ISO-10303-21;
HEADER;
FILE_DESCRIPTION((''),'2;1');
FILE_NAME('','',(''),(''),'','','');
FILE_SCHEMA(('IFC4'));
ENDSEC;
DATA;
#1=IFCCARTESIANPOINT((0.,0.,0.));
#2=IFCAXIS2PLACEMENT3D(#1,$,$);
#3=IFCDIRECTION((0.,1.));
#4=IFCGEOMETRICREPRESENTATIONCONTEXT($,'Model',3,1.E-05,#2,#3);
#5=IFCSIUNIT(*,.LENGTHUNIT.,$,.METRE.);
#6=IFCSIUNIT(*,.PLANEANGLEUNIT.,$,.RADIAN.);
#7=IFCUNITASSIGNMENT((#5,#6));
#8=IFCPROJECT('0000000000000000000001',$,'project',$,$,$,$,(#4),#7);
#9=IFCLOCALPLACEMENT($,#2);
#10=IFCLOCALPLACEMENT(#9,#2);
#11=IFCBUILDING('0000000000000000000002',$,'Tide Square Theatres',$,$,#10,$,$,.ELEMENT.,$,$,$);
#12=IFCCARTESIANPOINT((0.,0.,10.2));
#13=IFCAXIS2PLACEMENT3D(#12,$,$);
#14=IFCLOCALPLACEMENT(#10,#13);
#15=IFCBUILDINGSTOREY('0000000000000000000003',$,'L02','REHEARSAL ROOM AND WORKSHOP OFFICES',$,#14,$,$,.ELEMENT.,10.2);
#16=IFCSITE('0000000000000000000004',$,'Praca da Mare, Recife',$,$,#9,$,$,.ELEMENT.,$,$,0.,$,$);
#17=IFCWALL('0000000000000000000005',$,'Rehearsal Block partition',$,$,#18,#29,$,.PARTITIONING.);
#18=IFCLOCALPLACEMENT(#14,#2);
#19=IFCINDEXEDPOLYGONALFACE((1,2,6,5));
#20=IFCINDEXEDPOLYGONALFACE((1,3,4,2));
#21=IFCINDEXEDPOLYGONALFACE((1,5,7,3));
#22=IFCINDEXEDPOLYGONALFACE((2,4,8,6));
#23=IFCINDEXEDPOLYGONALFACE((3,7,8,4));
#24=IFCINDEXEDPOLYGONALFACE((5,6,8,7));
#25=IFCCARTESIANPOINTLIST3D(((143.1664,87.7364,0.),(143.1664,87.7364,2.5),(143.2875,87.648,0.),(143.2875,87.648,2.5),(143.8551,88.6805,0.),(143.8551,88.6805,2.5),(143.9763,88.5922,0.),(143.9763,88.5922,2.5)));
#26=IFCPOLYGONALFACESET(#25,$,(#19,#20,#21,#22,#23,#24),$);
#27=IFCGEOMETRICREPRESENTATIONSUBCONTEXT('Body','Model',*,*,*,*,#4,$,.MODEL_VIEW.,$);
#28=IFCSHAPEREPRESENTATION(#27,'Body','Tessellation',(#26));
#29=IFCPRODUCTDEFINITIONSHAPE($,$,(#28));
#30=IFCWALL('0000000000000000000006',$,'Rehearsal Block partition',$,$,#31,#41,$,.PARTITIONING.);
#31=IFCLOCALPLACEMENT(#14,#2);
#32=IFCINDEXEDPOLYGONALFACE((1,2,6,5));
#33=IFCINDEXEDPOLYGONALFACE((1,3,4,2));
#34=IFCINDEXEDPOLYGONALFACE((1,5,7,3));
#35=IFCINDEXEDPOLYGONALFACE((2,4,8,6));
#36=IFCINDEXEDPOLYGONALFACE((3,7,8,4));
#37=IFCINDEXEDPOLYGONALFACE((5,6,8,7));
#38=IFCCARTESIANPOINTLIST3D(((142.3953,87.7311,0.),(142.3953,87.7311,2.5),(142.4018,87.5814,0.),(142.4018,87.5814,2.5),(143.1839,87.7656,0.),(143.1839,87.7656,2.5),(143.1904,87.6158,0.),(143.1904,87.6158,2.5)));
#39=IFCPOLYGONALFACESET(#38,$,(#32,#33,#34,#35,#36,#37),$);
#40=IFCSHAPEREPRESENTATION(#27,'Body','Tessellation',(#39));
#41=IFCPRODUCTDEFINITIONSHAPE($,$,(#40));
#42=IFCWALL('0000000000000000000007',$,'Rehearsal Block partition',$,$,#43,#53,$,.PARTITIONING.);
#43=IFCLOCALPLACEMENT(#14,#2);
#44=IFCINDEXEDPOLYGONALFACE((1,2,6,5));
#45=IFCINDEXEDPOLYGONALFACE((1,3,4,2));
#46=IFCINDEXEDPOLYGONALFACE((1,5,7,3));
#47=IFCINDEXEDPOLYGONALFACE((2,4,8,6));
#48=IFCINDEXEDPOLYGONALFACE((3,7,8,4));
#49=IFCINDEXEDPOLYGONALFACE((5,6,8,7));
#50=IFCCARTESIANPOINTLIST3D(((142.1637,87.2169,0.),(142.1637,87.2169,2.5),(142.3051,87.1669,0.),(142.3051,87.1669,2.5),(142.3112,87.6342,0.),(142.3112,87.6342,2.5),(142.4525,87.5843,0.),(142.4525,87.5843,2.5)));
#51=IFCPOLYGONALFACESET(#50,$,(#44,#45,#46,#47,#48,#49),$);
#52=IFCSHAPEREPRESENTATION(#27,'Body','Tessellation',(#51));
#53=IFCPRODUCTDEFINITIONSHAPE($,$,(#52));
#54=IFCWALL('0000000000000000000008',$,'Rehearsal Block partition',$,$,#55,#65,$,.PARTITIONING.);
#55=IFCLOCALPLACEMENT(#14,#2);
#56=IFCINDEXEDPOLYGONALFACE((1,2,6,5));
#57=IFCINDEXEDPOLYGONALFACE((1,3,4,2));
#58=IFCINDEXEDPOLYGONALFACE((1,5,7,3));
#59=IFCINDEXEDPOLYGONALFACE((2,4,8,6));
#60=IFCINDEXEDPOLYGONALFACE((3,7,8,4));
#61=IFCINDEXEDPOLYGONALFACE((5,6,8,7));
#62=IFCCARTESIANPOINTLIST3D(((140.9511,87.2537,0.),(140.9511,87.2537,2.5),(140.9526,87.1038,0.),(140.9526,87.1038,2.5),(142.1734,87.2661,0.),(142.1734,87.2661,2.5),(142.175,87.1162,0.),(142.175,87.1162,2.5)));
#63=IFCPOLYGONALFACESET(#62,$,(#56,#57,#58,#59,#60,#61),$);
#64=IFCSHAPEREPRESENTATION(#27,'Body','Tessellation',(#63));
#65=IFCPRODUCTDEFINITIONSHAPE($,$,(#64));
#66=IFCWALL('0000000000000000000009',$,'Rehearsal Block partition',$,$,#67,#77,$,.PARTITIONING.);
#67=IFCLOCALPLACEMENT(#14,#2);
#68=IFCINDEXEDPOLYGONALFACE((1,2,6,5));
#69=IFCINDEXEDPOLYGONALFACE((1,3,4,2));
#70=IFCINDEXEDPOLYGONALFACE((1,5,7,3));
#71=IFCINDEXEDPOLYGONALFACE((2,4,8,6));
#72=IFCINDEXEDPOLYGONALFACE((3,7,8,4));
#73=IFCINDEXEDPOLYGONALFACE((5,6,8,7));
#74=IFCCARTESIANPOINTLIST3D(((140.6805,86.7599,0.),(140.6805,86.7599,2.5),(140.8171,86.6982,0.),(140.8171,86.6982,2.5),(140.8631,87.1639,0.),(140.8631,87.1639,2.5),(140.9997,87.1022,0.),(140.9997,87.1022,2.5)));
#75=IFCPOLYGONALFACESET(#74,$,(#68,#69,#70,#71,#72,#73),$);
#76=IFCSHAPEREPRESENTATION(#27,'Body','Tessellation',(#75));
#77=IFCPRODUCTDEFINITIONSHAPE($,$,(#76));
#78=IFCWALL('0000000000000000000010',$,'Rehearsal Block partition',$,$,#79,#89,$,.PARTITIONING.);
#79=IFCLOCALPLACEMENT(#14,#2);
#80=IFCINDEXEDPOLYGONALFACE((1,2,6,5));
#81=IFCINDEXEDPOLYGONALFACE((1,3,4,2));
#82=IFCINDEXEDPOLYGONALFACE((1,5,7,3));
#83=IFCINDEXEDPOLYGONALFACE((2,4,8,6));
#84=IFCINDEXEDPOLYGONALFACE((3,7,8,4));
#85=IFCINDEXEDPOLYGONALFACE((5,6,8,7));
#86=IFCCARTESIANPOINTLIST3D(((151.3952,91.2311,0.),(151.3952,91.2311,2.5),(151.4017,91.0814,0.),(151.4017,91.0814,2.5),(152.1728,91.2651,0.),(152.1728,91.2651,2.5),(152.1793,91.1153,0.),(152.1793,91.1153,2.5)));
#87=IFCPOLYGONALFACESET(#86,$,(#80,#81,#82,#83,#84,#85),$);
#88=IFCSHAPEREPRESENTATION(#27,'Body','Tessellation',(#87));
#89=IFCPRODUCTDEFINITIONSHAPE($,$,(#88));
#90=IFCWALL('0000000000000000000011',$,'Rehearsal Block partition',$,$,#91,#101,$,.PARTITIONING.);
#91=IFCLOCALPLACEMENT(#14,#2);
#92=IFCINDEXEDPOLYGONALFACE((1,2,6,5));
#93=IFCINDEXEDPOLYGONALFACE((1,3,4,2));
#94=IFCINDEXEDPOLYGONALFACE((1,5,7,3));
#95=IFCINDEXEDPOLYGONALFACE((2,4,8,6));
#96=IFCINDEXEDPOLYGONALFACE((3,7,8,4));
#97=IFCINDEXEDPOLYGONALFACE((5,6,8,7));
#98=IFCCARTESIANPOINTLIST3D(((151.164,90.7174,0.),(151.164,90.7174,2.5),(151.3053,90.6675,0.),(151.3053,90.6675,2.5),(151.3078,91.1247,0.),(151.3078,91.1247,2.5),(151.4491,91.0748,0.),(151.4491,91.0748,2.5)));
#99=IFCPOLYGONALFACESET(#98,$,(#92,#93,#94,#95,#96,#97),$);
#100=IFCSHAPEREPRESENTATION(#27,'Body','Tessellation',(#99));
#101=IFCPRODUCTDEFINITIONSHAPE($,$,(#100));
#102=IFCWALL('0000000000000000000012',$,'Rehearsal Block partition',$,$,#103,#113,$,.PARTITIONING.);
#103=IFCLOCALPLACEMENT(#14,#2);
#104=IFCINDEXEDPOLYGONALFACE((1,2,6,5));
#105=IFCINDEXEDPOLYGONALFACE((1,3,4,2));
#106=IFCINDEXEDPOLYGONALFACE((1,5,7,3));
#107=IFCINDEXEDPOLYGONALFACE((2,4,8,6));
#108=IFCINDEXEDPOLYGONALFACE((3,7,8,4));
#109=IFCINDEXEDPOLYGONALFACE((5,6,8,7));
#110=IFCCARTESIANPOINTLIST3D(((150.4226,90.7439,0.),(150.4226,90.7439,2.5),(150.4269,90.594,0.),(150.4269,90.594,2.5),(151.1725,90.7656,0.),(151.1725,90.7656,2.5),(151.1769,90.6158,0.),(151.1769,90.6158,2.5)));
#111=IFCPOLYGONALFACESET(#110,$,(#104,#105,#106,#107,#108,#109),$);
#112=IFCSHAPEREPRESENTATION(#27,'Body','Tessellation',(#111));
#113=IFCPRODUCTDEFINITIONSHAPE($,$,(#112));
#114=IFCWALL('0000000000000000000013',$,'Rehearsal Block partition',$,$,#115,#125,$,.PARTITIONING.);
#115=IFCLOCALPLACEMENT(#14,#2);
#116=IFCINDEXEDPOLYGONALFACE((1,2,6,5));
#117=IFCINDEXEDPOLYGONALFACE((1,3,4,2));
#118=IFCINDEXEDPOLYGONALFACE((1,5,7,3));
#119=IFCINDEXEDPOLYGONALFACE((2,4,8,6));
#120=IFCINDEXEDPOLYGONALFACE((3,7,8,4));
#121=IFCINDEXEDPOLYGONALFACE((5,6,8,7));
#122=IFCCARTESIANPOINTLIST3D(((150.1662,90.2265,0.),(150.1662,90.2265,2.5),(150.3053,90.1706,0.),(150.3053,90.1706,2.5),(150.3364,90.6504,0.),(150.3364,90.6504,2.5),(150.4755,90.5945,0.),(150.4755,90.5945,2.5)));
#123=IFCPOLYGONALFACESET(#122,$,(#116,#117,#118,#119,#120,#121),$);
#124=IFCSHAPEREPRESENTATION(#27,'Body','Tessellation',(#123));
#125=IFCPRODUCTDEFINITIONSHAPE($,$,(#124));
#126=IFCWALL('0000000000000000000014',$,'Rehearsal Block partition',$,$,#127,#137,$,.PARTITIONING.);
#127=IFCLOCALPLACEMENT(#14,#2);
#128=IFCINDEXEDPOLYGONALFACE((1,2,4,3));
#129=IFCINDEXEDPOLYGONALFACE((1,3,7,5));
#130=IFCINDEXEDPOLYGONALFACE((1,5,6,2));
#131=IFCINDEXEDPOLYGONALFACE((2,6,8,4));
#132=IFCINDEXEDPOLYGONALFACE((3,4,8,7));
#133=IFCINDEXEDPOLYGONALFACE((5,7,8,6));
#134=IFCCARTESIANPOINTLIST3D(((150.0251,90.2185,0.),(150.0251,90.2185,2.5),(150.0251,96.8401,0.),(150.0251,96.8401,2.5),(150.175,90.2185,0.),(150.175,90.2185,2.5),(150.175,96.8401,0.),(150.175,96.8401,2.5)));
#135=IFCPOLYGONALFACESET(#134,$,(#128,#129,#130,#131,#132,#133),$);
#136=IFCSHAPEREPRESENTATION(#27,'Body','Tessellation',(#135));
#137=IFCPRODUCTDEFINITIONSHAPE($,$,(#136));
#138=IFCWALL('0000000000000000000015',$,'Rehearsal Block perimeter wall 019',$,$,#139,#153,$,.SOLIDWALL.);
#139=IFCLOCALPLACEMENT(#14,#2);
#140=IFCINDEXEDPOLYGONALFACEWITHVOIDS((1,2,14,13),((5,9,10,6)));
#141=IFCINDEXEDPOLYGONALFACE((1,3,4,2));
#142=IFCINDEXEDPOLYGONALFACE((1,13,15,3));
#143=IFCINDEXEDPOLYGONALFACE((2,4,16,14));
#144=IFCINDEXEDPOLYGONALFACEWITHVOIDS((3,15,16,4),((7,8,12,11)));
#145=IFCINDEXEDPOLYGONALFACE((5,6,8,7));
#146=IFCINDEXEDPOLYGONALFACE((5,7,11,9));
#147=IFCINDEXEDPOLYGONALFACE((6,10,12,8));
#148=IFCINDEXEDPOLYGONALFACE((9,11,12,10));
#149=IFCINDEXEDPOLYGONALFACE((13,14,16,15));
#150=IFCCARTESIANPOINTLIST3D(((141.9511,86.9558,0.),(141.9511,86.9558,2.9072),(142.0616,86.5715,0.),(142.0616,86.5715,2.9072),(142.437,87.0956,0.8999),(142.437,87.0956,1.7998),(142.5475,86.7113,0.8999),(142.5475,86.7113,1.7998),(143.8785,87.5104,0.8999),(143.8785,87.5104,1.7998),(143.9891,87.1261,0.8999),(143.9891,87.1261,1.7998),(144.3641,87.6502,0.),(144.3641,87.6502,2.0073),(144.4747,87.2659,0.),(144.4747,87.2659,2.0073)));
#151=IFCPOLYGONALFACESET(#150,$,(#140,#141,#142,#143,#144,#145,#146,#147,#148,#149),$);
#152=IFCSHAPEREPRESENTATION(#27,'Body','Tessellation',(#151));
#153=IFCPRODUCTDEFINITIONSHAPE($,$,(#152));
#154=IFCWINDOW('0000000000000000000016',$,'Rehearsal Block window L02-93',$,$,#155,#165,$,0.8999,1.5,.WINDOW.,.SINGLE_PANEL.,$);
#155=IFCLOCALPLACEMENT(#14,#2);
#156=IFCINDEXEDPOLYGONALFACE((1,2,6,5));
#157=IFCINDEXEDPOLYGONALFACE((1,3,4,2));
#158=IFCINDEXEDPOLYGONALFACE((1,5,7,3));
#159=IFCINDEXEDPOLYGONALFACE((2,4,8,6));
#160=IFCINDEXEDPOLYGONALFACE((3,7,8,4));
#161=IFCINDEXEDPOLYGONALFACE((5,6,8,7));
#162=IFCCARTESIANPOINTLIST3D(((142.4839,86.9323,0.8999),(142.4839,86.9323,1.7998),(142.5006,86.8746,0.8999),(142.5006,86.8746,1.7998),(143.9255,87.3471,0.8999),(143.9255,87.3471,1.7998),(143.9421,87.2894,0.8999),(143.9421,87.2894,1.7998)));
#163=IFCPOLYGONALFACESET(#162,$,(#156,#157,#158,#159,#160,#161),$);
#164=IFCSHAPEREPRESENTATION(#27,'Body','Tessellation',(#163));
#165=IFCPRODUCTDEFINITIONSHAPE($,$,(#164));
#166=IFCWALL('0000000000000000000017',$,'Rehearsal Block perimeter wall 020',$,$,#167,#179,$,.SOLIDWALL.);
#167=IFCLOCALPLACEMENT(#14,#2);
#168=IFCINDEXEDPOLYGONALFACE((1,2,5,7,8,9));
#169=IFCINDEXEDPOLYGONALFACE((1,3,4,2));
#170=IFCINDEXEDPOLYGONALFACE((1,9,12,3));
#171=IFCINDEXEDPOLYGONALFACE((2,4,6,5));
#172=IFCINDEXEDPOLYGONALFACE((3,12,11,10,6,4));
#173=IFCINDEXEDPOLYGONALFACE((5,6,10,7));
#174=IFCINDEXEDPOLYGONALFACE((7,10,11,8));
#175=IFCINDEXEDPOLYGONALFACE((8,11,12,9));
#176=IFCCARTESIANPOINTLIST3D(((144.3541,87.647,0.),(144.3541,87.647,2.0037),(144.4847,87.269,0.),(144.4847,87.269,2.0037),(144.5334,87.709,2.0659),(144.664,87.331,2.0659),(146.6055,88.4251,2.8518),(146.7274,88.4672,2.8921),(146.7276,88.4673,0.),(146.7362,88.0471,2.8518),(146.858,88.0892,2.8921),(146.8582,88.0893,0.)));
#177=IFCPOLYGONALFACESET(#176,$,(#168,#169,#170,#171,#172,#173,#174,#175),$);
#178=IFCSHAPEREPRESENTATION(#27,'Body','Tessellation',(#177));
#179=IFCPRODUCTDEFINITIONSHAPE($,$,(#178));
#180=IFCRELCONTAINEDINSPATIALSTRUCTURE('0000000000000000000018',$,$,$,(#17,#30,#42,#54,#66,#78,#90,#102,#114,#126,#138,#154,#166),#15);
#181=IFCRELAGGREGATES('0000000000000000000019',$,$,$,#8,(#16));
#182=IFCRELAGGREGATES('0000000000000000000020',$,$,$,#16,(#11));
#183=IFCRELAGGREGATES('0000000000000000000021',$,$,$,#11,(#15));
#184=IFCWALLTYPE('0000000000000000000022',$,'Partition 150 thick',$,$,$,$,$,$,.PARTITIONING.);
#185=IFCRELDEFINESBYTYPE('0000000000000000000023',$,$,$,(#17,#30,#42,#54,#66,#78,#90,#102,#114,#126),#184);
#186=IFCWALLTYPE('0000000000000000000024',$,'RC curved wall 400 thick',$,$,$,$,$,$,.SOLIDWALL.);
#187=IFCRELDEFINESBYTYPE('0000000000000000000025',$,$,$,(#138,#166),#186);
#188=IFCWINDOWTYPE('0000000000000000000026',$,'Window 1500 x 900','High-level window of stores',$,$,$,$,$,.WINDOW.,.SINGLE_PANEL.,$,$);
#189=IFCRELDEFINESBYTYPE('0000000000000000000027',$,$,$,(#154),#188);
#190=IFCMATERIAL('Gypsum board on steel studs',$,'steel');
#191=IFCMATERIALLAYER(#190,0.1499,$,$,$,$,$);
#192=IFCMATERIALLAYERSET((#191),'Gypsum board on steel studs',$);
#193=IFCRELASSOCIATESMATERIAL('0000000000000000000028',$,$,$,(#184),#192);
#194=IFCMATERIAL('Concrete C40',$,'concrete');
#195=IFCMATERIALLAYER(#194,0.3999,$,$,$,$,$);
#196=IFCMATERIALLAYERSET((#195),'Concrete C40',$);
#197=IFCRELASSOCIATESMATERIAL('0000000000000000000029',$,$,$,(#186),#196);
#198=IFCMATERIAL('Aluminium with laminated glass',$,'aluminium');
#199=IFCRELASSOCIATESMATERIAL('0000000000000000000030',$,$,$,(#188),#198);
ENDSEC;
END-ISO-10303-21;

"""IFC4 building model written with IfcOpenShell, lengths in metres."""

from ifc_helpers import new_model, si_unit, direction, frame, frame_2d, origin, place, context, subcontext, project, spatial, polyline, rectangle, outline, extrude, material, layer, layer_set, type_object, element, fill, save


model = new_model("IFC4")

# Units and contexts
model_context = context("Model", 3, precision=1e-05, world=origin(), true_north=direction((0.0, 1.0)))
body_context = subcontext(model_context, "Body", "Model", "MODEL_VIEW")
ifc_project = project(units=[si_unit("LENGTHUNIT", "METRE"), si_unit("PLANEANGLEUNIT", "RADIAN")], contexts=[model_context])

# Site, building, storey
site_placement = place(None, origin())
site = spatial("IfcSite", under=ifc_project, at=site_placement, Name="Praca da Mare, Recife", CompositionType="ELEMENT", RefElevation=0.0)
building_placement = place(site_placement, origin())
building = spatial("IfcBuilding", under=site, at=building_placement, Name="Tide Square Theatres", CompositionType="ELEMENT")
storey_placement = place(building_placement, frame((0.0, 0.0, 10.2)))
storey = spatial("IfcBuildingStorey", under=building, at=storey_placement, Name="L02", Description="REHEARSAL ROOM AND WORKSHOP OFFICES", CompositionType="ELEMENT", Elevation=10.2)

# Walls
ifc_material_1 = material(Name="Gypsum board on steel studs", Category="steel")
ifc_layer_1 = layer(ifc_material_1, 0.1499)
ifc_layer_set_1 = layer_set([ifc_layer_1], Name="Gypsum board on steel studs")
wall_type_1 = type_object("IfcWallType", Name="Partition 150 thick", PredefinedType="PARTITIONING", material=ifc_layer_set_1)
wall_1_placement = place(storey_placement, frame((143.9158, 88.6365, 0.0), z_axis=(0.0, 0.0, 1.0), x_axis=(-0.589351, -0.807877, 0.0)))
element("IfcWall", 1, at=wall_1_placement, inside=storey, type_object=wall_type_1, Name="Rehearsal Block partition", PredefinedType="PARTITIONING", context=body_context, shape_type="SweptSolid", body=[
    extrude(rectangle(XDim=1.1687, YDim=0.1499, at=frame_2d((0.5845, 0.0))), origin(), (0.0, 0.0, 1.0), 2.5),
])
wall_2_placement = place(storey_placement, frame((143.187, 87.6907, 0.0), z_axis=(0.0, 0.0, 1.0), x_axis=(-0.999049, -0.043612, 0.0)))
element("IfcWall", 2, at=wall_2_placement, inside=storey, type_object=wall_type_1, Name="Rehearsal Block partition", PredefinedType="PARTITIONING", context=body_context, shape_type="SweptSolid", body=[
    extrude(rectangle(XDim=0.7893, YDim=0.1499, at=frame_2d((0.3945, 0.0))), origin(), (0.0, 0.0, 1.0), 2.5),
])
wall_3_placement = place(storey_placement, frame((142.3818, 87.6091, 0.0), z_axis=(0.0, 0.0, 1.0), x_axis=(-0.333224, -0.942848, 0.0)))
element("IfcWall", 3, at=wall_3_placement, inside=storey, type_object=wall_type_1, Name="Rehearsal Block partition", PredefinedType="PARTITIONING", context=body_context, shape_type="SweptSolid", body=[
    extrude(rectangle(XDim=0.4426, YDim=0.1499, at=frame_2d((0.2212, 0.0))), origin(), (0.0, 0.0, 1.0), 2.5),
])
wall_4_placement = place(storey_placement, frame((142.1743, 87.1912, 0.0), z_axis=(0.0, 0.0, 1.0), x_axis=(-0.999948, -0.010185, 0.0)))
element("IfcWall", 4, at=wall_4_placement, inside=storey, type_object=wall_type_1, Name="Rehearsal Block partition", PredefinedType="PARTITIONING", context=body_context, shape_type="SweptSolid", body=[
    extrude(rectangle(XDim=1.2224, YDim=0.1499, at=frame_2d((0.6113, 0.0))), origin(), (0.0, 0.0, 1.0), 2.5),
])
wall_5_placement = place(storey_placement, frame((140.9314, 87.1331, 0.0), z_axis=(0.0, 0.0, 1.0), x_axis=(-0.411852, -0.911251, 0.0)))
element("IfcWall", 5, at=wall_5_placement, inside=storey, type_object=wall_type_1, Name="Rehearsal Block partition", PredefinedType="PARTITIONING", context=body_context, shape_type="SweptSolid", body=[
    extrude(rectangle(XDim=0.4434, YDim=0.1499, at=frame_2d((0.2217, 0.0))), origin(), (0.0, 0.0, 1.0), 2.5),
])
wall_6_placement = place(storey_placement, frame((152.176, 91.1902, 0.0), z_axis=(0.0, 0.0, 1.0), x_axis=(-0.999049, -0.043601, 0.0)))
element("IfcWall", 6, at=wall_6_placement, inside=storey, type_object=wall_type_1, Name="Rehearsal Block partition", PredefinedType="PARTITIONING", context=body_context, shape_type="SweptSolid", body=[
    extrude(rectangle(XDim=0.7783, YDim=0.1499, at=frame_2d((0.3892, 0.0))), origin(), (0.0, 0.0, 1.0), 2.5),
])
wall_7_placement = place(storey_placement, frame((151.3784, 91.0996, 0.0), z_axis=(0.0, 0.0, 1.0), x_axis=(-0.332968, -0.942938, 0.0)))
element("IfcWall", 7, at=wall_7_placement, inside=storey, type_object=wall_type_1, Name="Rehearsal Block partition", PredefinedType="PARTITIONING", context=body_context, shape_type="SweptSolid", body=[
    extrude(rectangle(XDim=0.4319, YDim=0.1499, at=frame_2d((0.2158, 0.0))), origin(), (0.0, 0.0, 1.0), 2.5),
])
wall_8_placement = place(storey_placement, frame((151.1746, 90.6907, 0.0), z_axis=(0.0, 0.0, 1.0), x_axis=(-0.999581, -0.028959, 0.0)))
element("IfcWall", 8, at=wall_8_placement, inside=storey, type_object=wall_type_1, Name="Rehearsal Block partition", PredefinedType="PARTITIONING", context=body_context, shape_type="SweptSolid", body=[
    extrude(rectangle(XDim=0.7502, YDim=0.1499, at=frame_2d((0.375, 0.0))), origin(), (0.0, 0.0, 1.0), 2.5),
])
wall_9_placement = place(storey_placement, frame((150.406, 90.6226, 0.0), z_axis=(0.0, 0.0, 1.0), x_axis=(-0.372589, -0.927997, 0.0)))
element("IfcWall", 9, at=wall_9_placement, inside=storey, type_object=wall_type_1, Name="Rehearsal Block partition", PredefinedType="PARTITIONING", context=body_context, shape_type="SweptSolid", body=[
    extrude(rectangle(XDim=0.4568, YDim=0.1499, at=frame_2d((0.2285, 0.0))), origin(), (0.0, 0.0, 1.0), 2.5),
])
wall_10_placement = place(storey_placement, frame((150.1001, 90.2185, 0.0), z_axis=(0.0, 0.0, 1.0), x_axis=(0.0, 1.0, 0.0)))
element("IfcWall", 10, at=wall_10_placement, inside=storey, type_object=wall_type_1, Name="Rehearsal Block partition", PredefinedType="PARTITIONING", context=body_context, shape_type="SweptSolid", body=[
    extrude(rectangle(XDim=6.6216, YDim=0.1499, at=frame_2d((3.3108, 0.0))), origin(), (0.0, 0.0, 1.0), 2.5),
])

# Wall, opening, window
ifc_material_2 = material(Name="Concrete C40", Category="concrete")
ifc_layer_2 = layer(ifc_material_2, 0.3999)
ifc_layer_set_2 = layer_set([ifc_layer_2], Name="Concrete C40")
wall_type_2 = type_object("IfcWallType", Name="RC curved wall 400 thick", PredefinedType="SOLIDWALL", material=ifc_layer_set_2)
wall_11_placement = place(storey_placement, frame((142.0063, 86.7637, 0.0), z_axis=(0.0, 0.0, 1.0), x_axis=(0.961009, 0.276518, 0.0)))
wall_11 = element("IfcWall", 11, at=wall_11_placement, inside=storey, type_object=wall_type_2, Name="Rehearsal Block perimeter wall 019", PredefinedType="SOLIDWALL", context=body_context, shape_type="SweptSolid", body=[
    extrude(outline(polyline([(0.0, 0.0), (2.511, 0.0), (2.511, 2.0073), (2.479, 2.0188), (0.0, 2.9072), (0.0, 0.0)])), frame((0.0, 0.2, 0.0), z_axis=(0.0, -1.0, 0.0), x_axis=(1.0, 0.0, 0.0)), (0.0, 0.0, 1.0), 0.3999),
])
opening_placement = place(wall_11_placement, frame((0.5056, 0.0, 0.8999)))
opening = element("IfcOpeningElement", 12, at=opening_placement, cuts=wall_11, PredefinedType="OPENING", context=body_context, shape_type="SweptSolid", body=[
    extrude(rectangle(XDim=1.5, YDim=0.8999, at=frame_2d((0.75, 0.45))), frame((0.0, 0.21, 0.0), z_axis=(0.0, -1.0, 0.0), x_axis=(1.0, 0.0, 0.0)), (0.0, 0.0, 1.0), 0.4199),
])
ifc_material_3 = material(Name="Aluminium with laminated glass", Category="aluminium")
window_type = type_object("IfcWindowType", Name="Window 1500 x 900", Description="High-level window of stores", PartitioningType="SINGLE_PANEL", PredefinedType="WINDOW", material=ifc_material_3)
window_placement = place(opening_placement, origin())
window = element("IfcWindow", 13, at=window_placement, inside=storey, type_object=window_type, Name="Rehearsal Block window L02-93", OverallHeight=0.8999, OverallWidth=1.5, PartitioningType="SINGLE_PANEL", PredefinedType="WINDOW", context=body_context, shape_type="SweptSolid", body=[
    extrude(rectangle(XDim=1.5, YDim=0.8999, at=frame_2d((0.75, 0.45))), frame((0.0, 0.03, 0.0), z_axis=(0.0, -1.0, 0.0), x_axis=(1.0, 0.0, 0.0)), (0.0, 0.0, 1.0), 0.0601),
])
fill(opening, window)

# Wall
wall_12_placement = place(storey_placement, frame((144.4194, 87.458, 0.0), z_axis=(0.0, 0.0, 1.0), x_axis=(0.945145, 0.32665, 0.0)))
element("IfcWall", 14, at=wall_12_placement, inside=storey, type_object=wall_type_2, Name="Rehearsal Block perimeter wall 020", PredefinedType="SOLIDWALL", context=body_context, shape_type="SweptSolid", body=[
    extrude(outline(polyline([(0.0, 0.0), (2.5112, 0.0), (2.511, 2.8921), (2.3821, 2.8518), (0.1897, 2.0659), (0.0, 2.0037), (0.0, 0.0)])), frame((0.0, 0.2, 0.0), z_axis=(0.0, -1.0, 0.0), x_axis=(1.0, 0.0, 0.0)), (0.0, 0.0, 1.0), 0.3999),
])

save(model, "model.ifc")
